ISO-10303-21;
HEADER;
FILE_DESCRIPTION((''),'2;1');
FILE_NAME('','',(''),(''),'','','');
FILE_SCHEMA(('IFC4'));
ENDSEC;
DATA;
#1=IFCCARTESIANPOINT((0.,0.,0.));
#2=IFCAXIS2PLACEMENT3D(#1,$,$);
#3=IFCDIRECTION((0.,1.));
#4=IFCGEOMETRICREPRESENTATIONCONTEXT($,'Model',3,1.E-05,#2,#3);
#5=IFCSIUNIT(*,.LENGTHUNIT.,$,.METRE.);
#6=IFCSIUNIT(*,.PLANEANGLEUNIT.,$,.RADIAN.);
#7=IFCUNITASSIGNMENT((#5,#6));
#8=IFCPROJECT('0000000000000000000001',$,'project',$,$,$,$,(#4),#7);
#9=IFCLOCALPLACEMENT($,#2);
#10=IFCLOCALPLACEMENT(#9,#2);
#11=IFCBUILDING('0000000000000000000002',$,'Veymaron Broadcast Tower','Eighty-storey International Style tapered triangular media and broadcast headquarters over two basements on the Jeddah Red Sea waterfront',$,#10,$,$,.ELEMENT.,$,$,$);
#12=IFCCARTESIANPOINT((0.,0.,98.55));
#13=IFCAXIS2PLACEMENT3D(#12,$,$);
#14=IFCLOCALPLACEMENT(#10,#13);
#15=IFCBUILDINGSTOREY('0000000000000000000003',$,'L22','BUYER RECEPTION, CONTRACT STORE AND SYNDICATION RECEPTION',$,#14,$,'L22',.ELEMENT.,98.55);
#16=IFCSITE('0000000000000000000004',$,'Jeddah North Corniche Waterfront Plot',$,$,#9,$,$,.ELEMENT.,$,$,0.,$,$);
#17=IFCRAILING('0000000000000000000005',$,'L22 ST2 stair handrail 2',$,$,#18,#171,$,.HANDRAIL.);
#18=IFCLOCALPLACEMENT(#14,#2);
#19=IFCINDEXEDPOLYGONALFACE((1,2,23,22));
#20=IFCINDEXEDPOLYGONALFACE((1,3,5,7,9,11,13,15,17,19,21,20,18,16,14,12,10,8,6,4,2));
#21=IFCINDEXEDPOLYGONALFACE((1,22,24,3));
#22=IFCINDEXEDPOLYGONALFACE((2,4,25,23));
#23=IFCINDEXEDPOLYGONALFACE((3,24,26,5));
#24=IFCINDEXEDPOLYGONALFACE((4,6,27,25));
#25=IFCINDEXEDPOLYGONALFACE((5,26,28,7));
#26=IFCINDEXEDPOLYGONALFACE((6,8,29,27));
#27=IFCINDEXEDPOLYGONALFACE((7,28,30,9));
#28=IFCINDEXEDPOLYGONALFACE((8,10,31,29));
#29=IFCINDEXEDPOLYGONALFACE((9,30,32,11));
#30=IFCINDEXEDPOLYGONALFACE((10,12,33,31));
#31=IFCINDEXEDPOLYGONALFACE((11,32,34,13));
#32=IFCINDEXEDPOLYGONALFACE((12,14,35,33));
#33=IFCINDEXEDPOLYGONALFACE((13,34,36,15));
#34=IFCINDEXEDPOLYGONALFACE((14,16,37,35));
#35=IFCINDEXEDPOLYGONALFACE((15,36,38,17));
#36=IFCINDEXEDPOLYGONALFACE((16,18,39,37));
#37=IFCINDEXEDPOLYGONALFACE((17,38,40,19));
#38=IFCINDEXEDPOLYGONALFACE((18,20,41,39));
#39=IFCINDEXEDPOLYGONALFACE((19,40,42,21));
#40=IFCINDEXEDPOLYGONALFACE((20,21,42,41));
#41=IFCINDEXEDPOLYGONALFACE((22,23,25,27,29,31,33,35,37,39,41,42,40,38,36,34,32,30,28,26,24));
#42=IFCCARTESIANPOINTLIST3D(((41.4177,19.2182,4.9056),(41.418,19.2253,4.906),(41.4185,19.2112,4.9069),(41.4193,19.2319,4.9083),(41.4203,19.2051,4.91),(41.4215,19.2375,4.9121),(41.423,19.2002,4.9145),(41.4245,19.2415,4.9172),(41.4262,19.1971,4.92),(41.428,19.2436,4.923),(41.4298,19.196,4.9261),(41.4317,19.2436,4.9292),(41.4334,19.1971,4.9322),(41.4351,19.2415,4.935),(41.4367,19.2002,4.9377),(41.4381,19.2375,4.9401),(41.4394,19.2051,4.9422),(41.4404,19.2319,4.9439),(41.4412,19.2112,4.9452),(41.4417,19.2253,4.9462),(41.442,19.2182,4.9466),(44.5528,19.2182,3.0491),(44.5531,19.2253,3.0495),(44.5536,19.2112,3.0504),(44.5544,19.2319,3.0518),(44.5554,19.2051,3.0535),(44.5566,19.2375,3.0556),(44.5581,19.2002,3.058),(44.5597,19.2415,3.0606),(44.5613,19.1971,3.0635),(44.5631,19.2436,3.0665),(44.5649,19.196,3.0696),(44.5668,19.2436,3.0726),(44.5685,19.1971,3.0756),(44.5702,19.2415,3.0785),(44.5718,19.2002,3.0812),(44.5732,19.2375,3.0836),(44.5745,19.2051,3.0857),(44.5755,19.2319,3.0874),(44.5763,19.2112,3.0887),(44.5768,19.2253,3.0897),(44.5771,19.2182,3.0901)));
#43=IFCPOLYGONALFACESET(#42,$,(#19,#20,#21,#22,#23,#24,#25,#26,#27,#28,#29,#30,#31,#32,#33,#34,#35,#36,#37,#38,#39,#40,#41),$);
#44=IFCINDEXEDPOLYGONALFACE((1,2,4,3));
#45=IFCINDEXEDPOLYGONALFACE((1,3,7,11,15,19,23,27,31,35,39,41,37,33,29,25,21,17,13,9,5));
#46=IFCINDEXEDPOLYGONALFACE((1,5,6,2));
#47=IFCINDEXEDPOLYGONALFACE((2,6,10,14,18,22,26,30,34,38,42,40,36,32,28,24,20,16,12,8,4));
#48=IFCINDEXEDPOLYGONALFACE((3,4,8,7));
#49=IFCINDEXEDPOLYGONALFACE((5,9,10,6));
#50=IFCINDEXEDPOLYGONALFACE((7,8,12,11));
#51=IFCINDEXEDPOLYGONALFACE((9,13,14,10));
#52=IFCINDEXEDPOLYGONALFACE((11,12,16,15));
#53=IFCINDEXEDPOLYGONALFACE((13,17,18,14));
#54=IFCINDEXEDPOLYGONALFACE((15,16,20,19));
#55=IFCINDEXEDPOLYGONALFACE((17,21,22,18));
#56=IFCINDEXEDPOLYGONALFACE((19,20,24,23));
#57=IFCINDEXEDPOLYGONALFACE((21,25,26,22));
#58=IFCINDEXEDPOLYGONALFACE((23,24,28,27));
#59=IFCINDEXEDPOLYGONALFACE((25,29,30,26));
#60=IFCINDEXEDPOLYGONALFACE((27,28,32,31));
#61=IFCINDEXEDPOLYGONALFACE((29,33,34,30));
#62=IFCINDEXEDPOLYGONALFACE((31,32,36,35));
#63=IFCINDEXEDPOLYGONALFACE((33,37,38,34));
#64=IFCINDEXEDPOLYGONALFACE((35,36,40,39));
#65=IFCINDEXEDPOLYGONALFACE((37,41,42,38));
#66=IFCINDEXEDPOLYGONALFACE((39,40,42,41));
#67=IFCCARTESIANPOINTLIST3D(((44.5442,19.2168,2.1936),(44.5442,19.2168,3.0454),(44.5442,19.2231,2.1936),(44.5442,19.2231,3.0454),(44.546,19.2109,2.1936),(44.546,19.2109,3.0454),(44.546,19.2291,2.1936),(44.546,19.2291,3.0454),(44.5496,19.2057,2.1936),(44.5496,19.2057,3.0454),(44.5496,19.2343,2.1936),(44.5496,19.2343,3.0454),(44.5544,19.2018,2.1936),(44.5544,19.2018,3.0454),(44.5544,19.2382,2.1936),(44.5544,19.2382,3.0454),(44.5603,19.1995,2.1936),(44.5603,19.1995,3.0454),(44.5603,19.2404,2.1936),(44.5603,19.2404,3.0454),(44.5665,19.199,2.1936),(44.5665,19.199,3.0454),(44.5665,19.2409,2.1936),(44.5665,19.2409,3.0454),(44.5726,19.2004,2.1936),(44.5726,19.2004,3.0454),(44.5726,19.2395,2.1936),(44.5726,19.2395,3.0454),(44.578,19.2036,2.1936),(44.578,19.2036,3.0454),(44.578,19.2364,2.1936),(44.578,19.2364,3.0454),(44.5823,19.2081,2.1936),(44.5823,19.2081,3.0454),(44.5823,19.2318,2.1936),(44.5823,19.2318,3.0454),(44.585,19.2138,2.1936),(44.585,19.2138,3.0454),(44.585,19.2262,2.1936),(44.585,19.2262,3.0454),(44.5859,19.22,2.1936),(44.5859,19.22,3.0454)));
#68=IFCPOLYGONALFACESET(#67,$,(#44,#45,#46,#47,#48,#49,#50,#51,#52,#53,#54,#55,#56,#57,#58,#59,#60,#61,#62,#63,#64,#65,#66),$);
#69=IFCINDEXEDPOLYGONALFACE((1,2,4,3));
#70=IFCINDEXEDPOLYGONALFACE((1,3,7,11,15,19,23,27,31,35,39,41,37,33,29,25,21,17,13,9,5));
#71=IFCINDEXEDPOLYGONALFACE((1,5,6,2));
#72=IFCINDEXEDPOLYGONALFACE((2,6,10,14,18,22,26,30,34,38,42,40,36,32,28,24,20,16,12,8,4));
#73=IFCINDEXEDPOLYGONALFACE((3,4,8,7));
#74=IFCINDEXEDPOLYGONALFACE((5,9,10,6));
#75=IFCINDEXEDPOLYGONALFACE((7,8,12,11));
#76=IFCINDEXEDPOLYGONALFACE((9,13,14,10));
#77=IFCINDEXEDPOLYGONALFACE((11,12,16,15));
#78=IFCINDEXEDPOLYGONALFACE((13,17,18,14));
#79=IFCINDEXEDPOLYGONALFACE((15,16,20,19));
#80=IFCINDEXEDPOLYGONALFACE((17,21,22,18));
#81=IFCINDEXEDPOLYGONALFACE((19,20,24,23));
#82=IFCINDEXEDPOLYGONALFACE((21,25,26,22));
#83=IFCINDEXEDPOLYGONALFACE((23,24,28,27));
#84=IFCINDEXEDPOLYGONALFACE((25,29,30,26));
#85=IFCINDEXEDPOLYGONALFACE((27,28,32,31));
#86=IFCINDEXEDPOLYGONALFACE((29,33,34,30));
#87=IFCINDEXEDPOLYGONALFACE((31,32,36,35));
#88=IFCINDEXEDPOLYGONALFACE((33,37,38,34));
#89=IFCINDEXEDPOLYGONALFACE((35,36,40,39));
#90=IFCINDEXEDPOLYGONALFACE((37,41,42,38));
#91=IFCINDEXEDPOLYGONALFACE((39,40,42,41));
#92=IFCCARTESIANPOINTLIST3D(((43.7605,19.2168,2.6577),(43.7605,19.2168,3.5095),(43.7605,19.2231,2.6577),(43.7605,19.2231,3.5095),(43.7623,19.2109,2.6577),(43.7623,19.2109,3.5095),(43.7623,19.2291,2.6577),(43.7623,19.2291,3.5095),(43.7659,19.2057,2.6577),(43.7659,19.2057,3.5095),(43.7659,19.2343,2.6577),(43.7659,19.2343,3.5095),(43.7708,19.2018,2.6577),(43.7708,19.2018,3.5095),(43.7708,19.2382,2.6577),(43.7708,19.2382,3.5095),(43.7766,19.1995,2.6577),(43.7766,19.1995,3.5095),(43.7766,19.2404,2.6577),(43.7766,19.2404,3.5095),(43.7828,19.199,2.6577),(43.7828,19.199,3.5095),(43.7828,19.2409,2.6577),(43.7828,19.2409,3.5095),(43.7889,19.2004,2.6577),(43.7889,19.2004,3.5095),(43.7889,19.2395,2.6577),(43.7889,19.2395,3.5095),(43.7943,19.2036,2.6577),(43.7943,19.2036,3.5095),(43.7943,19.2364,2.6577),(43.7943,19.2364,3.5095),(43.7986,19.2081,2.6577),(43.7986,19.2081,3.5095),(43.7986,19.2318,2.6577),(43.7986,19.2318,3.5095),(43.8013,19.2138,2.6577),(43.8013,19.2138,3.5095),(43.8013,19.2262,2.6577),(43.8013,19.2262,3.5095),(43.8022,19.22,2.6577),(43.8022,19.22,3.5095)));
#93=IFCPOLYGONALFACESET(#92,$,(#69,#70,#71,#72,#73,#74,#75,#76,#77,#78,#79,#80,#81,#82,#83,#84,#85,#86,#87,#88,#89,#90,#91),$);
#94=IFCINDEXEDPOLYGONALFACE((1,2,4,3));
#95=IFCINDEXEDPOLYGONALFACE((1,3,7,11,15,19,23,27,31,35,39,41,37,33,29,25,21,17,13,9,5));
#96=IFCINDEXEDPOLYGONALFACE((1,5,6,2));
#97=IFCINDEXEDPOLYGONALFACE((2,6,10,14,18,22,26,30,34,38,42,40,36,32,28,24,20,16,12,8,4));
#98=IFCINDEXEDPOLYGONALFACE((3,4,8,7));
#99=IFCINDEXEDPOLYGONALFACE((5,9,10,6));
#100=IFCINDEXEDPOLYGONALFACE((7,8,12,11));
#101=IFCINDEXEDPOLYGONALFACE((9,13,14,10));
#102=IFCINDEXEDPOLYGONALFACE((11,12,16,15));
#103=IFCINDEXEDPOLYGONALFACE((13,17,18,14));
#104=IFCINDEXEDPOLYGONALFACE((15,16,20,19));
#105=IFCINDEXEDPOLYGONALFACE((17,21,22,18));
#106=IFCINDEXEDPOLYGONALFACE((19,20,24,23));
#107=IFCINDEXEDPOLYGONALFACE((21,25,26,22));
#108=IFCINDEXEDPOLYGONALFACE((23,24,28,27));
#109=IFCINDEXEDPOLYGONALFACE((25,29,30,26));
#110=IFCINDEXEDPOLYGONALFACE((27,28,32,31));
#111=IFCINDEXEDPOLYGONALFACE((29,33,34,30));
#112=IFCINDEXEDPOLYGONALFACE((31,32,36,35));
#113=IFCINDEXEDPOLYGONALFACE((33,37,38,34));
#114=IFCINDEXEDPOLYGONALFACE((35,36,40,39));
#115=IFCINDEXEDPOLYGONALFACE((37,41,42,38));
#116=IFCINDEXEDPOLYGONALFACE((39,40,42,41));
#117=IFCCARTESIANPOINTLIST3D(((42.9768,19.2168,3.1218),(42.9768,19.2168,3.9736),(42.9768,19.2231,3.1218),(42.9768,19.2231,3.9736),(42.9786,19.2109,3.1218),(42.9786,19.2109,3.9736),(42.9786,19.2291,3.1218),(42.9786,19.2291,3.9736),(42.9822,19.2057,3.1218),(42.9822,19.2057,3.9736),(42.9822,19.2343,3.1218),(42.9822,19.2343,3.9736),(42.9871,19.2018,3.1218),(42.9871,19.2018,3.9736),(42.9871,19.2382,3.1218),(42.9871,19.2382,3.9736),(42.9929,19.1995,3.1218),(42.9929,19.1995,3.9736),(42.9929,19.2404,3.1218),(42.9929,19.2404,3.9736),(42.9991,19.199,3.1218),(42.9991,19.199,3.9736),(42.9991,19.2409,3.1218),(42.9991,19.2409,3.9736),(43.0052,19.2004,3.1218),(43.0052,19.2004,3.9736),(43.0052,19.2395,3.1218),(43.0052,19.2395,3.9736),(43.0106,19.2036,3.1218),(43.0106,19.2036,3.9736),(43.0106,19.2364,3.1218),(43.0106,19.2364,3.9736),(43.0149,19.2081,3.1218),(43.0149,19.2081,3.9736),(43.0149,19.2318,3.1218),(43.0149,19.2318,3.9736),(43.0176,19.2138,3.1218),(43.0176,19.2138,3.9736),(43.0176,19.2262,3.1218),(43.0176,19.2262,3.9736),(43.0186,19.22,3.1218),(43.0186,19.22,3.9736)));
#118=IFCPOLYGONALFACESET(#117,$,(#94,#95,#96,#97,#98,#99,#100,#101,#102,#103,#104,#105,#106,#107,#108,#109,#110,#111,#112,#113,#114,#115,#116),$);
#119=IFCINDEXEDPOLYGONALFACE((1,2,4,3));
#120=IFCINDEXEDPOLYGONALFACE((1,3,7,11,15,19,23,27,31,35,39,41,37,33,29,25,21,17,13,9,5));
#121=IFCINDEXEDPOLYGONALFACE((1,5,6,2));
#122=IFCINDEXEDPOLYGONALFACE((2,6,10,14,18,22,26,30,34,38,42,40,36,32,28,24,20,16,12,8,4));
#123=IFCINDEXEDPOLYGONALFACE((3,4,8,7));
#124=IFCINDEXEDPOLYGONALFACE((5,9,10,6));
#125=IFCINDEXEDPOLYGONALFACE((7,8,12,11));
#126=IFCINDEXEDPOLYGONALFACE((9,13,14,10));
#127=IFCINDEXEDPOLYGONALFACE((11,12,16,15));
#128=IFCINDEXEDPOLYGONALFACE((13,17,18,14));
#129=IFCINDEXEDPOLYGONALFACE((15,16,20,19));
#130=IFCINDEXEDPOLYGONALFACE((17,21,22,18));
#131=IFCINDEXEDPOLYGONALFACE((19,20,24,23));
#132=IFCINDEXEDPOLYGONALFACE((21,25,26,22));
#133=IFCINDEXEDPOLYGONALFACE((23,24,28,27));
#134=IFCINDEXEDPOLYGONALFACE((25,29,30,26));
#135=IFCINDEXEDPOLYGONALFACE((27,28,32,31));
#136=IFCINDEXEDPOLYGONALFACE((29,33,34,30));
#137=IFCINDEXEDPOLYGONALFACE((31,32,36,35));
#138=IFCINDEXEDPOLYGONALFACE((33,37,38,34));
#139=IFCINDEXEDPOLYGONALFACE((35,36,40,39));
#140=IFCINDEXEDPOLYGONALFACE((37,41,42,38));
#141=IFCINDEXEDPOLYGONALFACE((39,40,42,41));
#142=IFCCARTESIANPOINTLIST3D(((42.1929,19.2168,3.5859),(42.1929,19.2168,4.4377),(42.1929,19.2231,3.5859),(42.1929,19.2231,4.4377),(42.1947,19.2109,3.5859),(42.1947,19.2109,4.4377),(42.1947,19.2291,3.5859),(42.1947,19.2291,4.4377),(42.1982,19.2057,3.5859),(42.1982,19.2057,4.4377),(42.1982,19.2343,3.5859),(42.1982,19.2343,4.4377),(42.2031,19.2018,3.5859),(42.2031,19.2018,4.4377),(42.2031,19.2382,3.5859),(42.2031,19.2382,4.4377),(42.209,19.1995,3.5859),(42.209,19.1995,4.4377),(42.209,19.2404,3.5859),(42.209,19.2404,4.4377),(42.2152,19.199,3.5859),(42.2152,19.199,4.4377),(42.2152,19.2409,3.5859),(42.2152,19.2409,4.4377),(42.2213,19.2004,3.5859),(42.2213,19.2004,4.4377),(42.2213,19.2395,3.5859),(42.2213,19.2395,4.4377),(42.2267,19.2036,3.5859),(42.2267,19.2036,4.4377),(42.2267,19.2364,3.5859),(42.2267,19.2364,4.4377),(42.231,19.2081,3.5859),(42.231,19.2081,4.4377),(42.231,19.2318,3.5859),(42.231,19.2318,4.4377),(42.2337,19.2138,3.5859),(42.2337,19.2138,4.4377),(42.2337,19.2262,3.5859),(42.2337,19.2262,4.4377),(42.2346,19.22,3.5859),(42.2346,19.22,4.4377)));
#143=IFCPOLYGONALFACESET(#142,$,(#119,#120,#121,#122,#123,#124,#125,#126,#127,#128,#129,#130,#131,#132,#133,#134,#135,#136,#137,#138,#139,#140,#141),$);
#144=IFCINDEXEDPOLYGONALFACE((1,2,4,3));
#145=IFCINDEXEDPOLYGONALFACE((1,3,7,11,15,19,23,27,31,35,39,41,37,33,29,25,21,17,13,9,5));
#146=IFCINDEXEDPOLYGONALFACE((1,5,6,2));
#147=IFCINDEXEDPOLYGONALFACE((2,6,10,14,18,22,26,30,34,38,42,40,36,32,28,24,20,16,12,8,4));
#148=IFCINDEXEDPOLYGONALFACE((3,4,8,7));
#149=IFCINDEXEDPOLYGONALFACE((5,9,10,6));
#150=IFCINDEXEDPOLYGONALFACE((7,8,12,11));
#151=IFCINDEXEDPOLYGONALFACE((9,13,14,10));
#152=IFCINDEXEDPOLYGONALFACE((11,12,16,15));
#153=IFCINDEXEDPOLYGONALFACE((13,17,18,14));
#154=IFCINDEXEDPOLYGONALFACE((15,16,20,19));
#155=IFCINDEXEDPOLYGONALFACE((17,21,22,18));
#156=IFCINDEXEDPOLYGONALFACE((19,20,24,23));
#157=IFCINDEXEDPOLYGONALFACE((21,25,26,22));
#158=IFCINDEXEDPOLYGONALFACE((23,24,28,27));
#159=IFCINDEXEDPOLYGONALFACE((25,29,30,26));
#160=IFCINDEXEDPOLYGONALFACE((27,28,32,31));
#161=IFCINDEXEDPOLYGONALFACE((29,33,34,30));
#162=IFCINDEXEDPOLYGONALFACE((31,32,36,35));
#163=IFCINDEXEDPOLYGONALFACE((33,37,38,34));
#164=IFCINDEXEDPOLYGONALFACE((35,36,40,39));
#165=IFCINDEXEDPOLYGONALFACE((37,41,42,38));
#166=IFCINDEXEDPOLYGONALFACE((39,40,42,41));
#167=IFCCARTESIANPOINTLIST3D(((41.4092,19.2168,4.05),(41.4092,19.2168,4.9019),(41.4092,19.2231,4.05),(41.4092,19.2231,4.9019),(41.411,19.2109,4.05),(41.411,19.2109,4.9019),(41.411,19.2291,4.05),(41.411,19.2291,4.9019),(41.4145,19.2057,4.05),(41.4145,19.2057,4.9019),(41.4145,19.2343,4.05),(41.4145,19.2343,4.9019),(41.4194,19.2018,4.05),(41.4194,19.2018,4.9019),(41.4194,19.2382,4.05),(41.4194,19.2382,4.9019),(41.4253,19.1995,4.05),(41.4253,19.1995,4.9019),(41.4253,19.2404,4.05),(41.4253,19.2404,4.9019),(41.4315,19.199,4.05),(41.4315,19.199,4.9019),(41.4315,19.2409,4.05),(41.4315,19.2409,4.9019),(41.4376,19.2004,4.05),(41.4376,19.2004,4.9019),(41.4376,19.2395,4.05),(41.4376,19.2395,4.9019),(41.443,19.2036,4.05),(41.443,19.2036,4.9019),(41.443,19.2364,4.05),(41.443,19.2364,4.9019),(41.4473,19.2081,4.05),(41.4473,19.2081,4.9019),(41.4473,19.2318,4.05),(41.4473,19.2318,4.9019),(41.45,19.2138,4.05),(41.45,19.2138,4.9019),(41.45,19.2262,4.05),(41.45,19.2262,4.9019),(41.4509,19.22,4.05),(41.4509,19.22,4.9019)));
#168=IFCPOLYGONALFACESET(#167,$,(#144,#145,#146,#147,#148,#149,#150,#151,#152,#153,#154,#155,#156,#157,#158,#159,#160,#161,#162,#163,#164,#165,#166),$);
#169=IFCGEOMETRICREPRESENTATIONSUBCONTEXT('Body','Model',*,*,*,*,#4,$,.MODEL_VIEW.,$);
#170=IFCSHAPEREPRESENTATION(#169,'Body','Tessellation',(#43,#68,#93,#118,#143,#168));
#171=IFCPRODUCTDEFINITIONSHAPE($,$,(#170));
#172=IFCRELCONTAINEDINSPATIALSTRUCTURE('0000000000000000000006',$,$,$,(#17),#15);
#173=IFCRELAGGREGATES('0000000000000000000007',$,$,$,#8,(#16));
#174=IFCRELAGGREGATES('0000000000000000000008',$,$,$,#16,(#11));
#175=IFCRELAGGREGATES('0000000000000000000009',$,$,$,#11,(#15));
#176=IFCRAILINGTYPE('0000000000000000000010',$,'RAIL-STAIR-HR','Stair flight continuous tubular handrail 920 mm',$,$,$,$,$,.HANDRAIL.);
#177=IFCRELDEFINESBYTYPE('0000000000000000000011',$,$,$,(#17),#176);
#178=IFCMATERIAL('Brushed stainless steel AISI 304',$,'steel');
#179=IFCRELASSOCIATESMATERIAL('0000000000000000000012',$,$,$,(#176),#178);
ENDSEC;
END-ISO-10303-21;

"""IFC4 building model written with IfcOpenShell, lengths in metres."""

from ifc_helpers import new_model, si_unit, direction, frame, origin, origin_2d, place, context, subcontext, project, spatial, circle, extrude, material, type_object, element, save


model = new_model("IFC4")

# Units and contexts
model_context = context("Model", 3, precision=1e-05, world=origin(), true_north=direction((0.0, 1.0)))
body_context = subcontext(model_context, "Body", "Model", "MODEL_VIEW")
ifc_project = project(units=[si_unit("LENGTHUNIT", "METRE"), si_unit("PLANEANGLEUNIT", "RADIAN")], contexts=[model_context])

# Site, building, storey
site_placement = place(None, origin())
site = spatial("IfcSite", under=ifc_project, at=site_placement, Name="Jeddah North Corniche Waterfront Plot", CompositionType="ELEMENT", RefElevation=0.0)
building_placement = place(site_placement, origin())
building = spatial("IfcBuilding", under=site, at=building_placement, Name="Veymaron Broadcast Tower", Description="Eighty-storey International Style tapered triangular media and broadcast headquarters over two basements on the Jeddah Red Sea waterfront", CompositionType="ELEMENT")
storey_placement = place(building_placement, frame((0.0, 0.0, 98.55)))
storey = spatial("IfcBuildingStorey", under=building, at=storey_placement, Name="L22", Description="BUYER RECEPTION, CONTRACT STORE AND SYNDICATION RECEPTION", LongName="L22", CompositionType="ELEMENT", Elevation=98.55)

# Shared definitions
ifc_material_1 = material(Name="Brushed stainless steel AISI 304", Category="steel")

# Railing
railing_type_1 = type_object("IfcRailingType", Name="RAIL-STAIR-HR", Description="Stair flight continuous tubular handrail 920 mm", PredefinedType="HANDRAIL", material=ifc_material_1)
railing_1_placement = place(storey_placement, frame((44.5649, 19.22, 2.1936)))
element("IfcRailing", 1, at=railing_1_placement, inside=storey, type_object=railing_type_1, Name="L22 ST2 stair handrail 2", PredefinedType="HANDRAIL", context=body_context, shape_type="SweptSolid", body=[
    extrude(circle(Radius=0.0239, at=origin_2d()), frame((0.0, 0.0, 0.876), z_axis=(-0.860453, 0.0, 0.509531), x_axis=(0.0, -1.0, 0.0)), (0.0, 0.0, 1.0), 3.6436),
    extrude(circle(Radius=0.021, at=origin_2d()), origin(), (0.0, 0.0, 1.0), 0.8518),
    extrude(circle(Radius=0.021, at=origin_2d()), frame((-0.7837, 0.0, 0.4641)), (0.0, 0.0, 1.0), 0.8518),
    extrude(circle(Radius=0.021, at=origin_2d()), frame((-1.5674, 0.0, 0.9282)), (0.0, 0.0, 1.0), 0.8518),
    extrude(circle(Radius=0.021, at=origin_2d()), frame((-2.3513, 0.0, 1.3923)), (0.0, 0.0, 1.0), 0.8518),
    extrude(circle(Radius=0.021, at=origin_2d()), frame((-3.135, 0.0, 1.8564)), (0.0, 0.0, 1.0), 0.8518),
])

save(model, "model.ifc")
